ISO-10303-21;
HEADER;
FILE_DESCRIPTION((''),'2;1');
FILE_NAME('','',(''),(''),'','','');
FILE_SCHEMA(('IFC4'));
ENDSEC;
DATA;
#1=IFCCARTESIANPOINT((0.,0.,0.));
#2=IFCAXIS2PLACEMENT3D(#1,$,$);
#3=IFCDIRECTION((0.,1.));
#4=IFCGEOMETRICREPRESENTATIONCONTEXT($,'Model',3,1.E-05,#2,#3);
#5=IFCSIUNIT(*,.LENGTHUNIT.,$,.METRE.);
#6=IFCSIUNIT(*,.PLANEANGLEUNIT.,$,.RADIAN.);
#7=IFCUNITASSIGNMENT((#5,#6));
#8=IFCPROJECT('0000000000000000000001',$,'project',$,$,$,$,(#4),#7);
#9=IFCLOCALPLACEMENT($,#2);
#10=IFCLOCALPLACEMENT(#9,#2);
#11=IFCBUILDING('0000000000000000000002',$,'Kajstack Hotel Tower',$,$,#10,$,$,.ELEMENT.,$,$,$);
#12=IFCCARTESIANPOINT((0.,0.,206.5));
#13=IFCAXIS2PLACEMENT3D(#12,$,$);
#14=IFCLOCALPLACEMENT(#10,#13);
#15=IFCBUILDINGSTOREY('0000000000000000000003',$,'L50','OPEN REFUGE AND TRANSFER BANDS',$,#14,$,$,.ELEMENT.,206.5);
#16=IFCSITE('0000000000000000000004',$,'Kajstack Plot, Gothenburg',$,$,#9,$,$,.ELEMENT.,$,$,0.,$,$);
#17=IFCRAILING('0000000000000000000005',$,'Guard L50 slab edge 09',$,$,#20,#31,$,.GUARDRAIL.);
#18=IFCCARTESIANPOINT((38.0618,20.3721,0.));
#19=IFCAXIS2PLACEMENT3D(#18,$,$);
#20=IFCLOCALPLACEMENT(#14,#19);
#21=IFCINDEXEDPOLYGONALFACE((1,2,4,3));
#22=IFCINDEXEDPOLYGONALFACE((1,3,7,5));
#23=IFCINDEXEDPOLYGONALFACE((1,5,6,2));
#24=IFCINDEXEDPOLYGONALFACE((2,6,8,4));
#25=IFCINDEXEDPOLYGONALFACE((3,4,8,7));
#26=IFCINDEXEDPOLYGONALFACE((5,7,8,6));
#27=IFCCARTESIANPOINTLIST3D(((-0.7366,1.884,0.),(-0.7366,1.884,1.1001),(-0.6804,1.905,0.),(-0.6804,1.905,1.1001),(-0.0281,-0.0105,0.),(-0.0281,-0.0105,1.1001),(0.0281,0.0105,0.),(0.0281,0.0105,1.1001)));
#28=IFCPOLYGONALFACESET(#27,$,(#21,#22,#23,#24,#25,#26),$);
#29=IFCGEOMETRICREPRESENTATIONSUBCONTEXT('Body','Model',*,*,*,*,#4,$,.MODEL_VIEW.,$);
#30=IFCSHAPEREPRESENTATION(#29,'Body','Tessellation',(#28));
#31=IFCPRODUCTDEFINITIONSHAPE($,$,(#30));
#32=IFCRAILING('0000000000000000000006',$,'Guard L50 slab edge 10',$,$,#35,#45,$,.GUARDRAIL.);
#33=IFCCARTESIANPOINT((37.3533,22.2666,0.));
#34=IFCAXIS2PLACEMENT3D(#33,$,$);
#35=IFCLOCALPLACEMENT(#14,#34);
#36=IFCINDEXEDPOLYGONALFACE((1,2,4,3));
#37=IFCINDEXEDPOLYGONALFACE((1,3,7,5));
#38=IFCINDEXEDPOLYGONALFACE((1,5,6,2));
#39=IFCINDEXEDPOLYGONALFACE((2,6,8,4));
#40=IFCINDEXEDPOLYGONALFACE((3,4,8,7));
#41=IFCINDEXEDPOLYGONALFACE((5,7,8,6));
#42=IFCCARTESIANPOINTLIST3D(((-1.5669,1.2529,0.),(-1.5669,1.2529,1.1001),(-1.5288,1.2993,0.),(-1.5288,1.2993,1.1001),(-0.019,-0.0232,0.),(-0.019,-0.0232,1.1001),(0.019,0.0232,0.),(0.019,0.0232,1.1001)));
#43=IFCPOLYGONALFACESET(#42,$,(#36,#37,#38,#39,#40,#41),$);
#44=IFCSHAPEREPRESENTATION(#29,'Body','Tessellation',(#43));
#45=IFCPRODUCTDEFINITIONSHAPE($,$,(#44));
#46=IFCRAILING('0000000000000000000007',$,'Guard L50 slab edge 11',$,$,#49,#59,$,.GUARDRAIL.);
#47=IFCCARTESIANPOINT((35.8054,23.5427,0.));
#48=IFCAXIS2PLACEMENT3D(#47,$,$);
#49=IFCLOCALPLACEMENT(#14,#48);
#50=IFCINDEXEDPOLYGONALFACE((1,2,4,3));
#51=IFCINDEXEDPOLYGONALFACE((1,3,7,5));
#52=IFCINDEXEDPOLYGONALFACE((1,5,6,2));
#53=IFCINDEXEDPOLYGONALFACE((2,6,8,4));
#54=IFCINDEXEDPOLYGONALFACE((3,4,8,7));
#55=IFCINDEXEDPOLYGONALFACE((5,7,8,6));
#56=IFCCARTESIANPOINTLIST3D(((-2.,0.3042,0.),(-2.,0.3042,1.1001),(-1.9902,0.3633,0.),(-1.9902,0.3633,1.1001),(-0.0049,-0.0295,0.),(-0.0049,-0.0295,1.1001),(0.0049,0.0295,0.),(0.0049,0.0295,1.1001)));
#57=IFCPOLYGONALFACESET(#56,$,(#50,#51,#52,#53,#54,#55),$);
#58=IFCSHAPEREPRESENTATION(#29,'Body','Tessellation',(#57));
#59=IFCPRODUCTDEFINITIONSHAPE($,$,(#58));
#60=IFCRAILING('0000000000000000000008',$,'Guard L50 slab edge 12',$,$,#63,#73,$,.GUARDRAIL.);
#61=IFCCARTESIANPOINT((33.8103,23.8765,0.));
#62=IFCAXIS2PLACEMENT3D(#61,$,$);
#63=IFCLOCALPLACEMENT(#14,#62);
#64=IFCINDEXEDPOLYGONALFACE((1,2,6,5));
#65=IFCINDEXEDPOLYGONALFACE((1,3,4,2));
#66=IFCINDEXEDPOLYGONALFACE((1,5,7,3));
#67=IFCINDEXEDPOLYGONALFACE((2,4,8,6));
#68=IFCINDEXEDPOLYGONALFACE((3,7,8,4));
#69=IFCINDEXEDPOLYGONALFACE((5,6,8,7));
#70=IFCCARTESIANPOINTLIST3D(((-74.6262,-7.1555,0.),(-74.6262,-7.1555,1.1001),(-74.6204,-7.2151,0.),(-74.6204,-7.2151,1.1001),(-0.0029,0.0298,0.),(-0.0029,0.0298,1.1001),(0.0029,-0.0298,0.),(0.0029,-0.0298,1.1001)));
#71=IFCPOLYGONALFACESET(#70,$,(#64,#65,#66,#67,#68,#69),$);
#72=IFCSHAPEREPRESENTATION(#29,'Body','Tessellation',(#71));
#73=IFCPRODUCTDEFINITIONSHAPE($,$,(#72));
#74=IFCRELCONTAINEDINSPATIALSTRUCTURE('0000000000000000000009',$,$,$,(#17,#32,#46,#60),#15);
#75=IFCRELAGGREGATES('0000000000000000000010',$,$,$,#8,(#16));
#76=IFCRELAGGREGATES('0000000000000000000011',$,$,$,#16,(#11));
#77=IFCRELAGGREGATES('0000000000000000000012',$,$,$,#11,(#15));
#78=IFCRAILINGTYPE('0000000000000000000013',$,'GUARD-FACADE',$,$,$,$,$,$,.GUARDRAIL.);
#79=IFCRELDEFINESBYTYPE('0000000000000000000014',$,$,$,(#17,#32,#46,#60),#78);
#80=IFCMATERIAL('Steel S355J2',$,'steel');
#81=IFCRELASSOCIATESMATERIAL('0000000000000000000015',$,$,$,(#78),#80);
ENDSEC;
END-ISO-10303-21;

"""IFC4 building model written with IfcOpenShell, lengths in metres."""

from ifc_helpers import new_model, si_unit, direction, frame, origin, place, context, subcontext, project, spatial, polyline, outline, extrude, material, type_object, element, save


model = new_model("IFC4")

# Units and contexts
model_context = context("Model", 3, precision=1e-05, world=origin(), true_north=direction((0.0, 1.0)))
body_context = subcontext(model_context, "Body", "Model", "MODEL_VIEW")
ifc_project = project(units=[si_unit("LENGTHUNIT", "METRE"), si_unit("PLANEANGLEUNIT", "RADIAN")], contexts=[model_context])

# Site, building, storey
site_placement = place(None, origin())
site = spatial("IfcSite", under=ifc_project, at=site_placement, Name="Kajstack Plot, Gothenburg", CompositionType="ELEMENT", RefElevation=0.0)
building_placement = place(site_placement, origin())
building = spatial("IfcBuilding", under=site, at=building_placement, Name="Kajstack Hotel Tower", CompositionType="ELEMENT")
storey_placement = place(building_placement, frame((0.0, 0.0, 206.5)))
storey = spatial("IfcBuildingStorey", under=building, at=storey_placement, Name="L50", Description="OPEN REFUGE AND TRANSFER BANDS", CompositionType="ELEMENT", Elevation=206.5)

# Railings
ifc_material_1 = material(Name="Steel S355J2", Category="steel")
railing_type_1 = type_object("IfcRailingType", Name="GUARD-FACADE", PredefinedType="GUARDRAIL", material=ifc_material_1)
railing_1_placement = place(storey_placement, frame((38.0618, 20.3721, 0.0)))
element("IfcRailing", 1, at=railing_1_placement, inside=storey, type_object=railing_type_1, Name="Guard L50 slab edge 09", PredefinedType="GUARDRAIL", context=body_context, shape_type="SweptSolid", body=[
    extrude(outline(polyline([(-0.7366, 1.884), (-0.6804, 1.905), (0.0281, 0.0105), (-0.0281, -0.0105), (-0.7366, 1.884)])), origin(), (0.0, 0.0, 1.0), 1.1001),
])
railing_2_placement = place(storey_placement, frame((37.3533, 22.2666, 0.0)))
element("IfcRailing", 2, at=railing_2_placement, inside=storey, type_object=railing_type_1, Name="Guard L50 slab edge 10", PredefinedType="GUARDRAIL", context=body_context, shape_type="SweptSolid", body=[
    extrude(outline(polyline([(-1.5669, 1.2529), (-1.5288, 1.2993), (0.019, 0.0232), (-0.019, -0.0232), (-1.5669, 1.2529)])), origin(), (0.0, 0.0, 1.0), 1.1001),
])
railing_3_placement = place(storey_placement, frame((35.8054, 23.5427, 0.0)))
element("IfcRailing", 3, at=railing_3_placement, inside=storey, type_object=railing_type_1, Name="Guard L50 slab edge 11", PredefinedType="GUARDRAIL", context=body_context, shape_type="SweptSolid", body=[
    extrude(outline(polyline([(-2.0, 0.3042), (-1.9902, 0.3633), (0.0049, 0.0295), (-0.0049, -0.0295), (-2.0, 0.3042)])), origin(), (0.0, 0.0, 1.0), 1.1001),
])
railing_4_placement = place(storey_placement, frame((33.8103, 23.8765, 0.0)))
element("IfcRailing", 4, at=railing_4_placement, inside=storey, type_object=railing_type_1, Name="Guard L50 slab edge 12", PredefinedType="GUARDRAIL", context=body_context, shape_type="SweptSolid", body=[
    extrude(outline(polyline([(-74.6204, -7.2151), (-74.6262, -7.1555), (-0.0029, 0.0298), (0.0029, -0.0298), (-74.6204, -7.2151)])), origin(), (0.0, 0.0, 1.0), 1.1001),
])

save(model, "model.ifc")
